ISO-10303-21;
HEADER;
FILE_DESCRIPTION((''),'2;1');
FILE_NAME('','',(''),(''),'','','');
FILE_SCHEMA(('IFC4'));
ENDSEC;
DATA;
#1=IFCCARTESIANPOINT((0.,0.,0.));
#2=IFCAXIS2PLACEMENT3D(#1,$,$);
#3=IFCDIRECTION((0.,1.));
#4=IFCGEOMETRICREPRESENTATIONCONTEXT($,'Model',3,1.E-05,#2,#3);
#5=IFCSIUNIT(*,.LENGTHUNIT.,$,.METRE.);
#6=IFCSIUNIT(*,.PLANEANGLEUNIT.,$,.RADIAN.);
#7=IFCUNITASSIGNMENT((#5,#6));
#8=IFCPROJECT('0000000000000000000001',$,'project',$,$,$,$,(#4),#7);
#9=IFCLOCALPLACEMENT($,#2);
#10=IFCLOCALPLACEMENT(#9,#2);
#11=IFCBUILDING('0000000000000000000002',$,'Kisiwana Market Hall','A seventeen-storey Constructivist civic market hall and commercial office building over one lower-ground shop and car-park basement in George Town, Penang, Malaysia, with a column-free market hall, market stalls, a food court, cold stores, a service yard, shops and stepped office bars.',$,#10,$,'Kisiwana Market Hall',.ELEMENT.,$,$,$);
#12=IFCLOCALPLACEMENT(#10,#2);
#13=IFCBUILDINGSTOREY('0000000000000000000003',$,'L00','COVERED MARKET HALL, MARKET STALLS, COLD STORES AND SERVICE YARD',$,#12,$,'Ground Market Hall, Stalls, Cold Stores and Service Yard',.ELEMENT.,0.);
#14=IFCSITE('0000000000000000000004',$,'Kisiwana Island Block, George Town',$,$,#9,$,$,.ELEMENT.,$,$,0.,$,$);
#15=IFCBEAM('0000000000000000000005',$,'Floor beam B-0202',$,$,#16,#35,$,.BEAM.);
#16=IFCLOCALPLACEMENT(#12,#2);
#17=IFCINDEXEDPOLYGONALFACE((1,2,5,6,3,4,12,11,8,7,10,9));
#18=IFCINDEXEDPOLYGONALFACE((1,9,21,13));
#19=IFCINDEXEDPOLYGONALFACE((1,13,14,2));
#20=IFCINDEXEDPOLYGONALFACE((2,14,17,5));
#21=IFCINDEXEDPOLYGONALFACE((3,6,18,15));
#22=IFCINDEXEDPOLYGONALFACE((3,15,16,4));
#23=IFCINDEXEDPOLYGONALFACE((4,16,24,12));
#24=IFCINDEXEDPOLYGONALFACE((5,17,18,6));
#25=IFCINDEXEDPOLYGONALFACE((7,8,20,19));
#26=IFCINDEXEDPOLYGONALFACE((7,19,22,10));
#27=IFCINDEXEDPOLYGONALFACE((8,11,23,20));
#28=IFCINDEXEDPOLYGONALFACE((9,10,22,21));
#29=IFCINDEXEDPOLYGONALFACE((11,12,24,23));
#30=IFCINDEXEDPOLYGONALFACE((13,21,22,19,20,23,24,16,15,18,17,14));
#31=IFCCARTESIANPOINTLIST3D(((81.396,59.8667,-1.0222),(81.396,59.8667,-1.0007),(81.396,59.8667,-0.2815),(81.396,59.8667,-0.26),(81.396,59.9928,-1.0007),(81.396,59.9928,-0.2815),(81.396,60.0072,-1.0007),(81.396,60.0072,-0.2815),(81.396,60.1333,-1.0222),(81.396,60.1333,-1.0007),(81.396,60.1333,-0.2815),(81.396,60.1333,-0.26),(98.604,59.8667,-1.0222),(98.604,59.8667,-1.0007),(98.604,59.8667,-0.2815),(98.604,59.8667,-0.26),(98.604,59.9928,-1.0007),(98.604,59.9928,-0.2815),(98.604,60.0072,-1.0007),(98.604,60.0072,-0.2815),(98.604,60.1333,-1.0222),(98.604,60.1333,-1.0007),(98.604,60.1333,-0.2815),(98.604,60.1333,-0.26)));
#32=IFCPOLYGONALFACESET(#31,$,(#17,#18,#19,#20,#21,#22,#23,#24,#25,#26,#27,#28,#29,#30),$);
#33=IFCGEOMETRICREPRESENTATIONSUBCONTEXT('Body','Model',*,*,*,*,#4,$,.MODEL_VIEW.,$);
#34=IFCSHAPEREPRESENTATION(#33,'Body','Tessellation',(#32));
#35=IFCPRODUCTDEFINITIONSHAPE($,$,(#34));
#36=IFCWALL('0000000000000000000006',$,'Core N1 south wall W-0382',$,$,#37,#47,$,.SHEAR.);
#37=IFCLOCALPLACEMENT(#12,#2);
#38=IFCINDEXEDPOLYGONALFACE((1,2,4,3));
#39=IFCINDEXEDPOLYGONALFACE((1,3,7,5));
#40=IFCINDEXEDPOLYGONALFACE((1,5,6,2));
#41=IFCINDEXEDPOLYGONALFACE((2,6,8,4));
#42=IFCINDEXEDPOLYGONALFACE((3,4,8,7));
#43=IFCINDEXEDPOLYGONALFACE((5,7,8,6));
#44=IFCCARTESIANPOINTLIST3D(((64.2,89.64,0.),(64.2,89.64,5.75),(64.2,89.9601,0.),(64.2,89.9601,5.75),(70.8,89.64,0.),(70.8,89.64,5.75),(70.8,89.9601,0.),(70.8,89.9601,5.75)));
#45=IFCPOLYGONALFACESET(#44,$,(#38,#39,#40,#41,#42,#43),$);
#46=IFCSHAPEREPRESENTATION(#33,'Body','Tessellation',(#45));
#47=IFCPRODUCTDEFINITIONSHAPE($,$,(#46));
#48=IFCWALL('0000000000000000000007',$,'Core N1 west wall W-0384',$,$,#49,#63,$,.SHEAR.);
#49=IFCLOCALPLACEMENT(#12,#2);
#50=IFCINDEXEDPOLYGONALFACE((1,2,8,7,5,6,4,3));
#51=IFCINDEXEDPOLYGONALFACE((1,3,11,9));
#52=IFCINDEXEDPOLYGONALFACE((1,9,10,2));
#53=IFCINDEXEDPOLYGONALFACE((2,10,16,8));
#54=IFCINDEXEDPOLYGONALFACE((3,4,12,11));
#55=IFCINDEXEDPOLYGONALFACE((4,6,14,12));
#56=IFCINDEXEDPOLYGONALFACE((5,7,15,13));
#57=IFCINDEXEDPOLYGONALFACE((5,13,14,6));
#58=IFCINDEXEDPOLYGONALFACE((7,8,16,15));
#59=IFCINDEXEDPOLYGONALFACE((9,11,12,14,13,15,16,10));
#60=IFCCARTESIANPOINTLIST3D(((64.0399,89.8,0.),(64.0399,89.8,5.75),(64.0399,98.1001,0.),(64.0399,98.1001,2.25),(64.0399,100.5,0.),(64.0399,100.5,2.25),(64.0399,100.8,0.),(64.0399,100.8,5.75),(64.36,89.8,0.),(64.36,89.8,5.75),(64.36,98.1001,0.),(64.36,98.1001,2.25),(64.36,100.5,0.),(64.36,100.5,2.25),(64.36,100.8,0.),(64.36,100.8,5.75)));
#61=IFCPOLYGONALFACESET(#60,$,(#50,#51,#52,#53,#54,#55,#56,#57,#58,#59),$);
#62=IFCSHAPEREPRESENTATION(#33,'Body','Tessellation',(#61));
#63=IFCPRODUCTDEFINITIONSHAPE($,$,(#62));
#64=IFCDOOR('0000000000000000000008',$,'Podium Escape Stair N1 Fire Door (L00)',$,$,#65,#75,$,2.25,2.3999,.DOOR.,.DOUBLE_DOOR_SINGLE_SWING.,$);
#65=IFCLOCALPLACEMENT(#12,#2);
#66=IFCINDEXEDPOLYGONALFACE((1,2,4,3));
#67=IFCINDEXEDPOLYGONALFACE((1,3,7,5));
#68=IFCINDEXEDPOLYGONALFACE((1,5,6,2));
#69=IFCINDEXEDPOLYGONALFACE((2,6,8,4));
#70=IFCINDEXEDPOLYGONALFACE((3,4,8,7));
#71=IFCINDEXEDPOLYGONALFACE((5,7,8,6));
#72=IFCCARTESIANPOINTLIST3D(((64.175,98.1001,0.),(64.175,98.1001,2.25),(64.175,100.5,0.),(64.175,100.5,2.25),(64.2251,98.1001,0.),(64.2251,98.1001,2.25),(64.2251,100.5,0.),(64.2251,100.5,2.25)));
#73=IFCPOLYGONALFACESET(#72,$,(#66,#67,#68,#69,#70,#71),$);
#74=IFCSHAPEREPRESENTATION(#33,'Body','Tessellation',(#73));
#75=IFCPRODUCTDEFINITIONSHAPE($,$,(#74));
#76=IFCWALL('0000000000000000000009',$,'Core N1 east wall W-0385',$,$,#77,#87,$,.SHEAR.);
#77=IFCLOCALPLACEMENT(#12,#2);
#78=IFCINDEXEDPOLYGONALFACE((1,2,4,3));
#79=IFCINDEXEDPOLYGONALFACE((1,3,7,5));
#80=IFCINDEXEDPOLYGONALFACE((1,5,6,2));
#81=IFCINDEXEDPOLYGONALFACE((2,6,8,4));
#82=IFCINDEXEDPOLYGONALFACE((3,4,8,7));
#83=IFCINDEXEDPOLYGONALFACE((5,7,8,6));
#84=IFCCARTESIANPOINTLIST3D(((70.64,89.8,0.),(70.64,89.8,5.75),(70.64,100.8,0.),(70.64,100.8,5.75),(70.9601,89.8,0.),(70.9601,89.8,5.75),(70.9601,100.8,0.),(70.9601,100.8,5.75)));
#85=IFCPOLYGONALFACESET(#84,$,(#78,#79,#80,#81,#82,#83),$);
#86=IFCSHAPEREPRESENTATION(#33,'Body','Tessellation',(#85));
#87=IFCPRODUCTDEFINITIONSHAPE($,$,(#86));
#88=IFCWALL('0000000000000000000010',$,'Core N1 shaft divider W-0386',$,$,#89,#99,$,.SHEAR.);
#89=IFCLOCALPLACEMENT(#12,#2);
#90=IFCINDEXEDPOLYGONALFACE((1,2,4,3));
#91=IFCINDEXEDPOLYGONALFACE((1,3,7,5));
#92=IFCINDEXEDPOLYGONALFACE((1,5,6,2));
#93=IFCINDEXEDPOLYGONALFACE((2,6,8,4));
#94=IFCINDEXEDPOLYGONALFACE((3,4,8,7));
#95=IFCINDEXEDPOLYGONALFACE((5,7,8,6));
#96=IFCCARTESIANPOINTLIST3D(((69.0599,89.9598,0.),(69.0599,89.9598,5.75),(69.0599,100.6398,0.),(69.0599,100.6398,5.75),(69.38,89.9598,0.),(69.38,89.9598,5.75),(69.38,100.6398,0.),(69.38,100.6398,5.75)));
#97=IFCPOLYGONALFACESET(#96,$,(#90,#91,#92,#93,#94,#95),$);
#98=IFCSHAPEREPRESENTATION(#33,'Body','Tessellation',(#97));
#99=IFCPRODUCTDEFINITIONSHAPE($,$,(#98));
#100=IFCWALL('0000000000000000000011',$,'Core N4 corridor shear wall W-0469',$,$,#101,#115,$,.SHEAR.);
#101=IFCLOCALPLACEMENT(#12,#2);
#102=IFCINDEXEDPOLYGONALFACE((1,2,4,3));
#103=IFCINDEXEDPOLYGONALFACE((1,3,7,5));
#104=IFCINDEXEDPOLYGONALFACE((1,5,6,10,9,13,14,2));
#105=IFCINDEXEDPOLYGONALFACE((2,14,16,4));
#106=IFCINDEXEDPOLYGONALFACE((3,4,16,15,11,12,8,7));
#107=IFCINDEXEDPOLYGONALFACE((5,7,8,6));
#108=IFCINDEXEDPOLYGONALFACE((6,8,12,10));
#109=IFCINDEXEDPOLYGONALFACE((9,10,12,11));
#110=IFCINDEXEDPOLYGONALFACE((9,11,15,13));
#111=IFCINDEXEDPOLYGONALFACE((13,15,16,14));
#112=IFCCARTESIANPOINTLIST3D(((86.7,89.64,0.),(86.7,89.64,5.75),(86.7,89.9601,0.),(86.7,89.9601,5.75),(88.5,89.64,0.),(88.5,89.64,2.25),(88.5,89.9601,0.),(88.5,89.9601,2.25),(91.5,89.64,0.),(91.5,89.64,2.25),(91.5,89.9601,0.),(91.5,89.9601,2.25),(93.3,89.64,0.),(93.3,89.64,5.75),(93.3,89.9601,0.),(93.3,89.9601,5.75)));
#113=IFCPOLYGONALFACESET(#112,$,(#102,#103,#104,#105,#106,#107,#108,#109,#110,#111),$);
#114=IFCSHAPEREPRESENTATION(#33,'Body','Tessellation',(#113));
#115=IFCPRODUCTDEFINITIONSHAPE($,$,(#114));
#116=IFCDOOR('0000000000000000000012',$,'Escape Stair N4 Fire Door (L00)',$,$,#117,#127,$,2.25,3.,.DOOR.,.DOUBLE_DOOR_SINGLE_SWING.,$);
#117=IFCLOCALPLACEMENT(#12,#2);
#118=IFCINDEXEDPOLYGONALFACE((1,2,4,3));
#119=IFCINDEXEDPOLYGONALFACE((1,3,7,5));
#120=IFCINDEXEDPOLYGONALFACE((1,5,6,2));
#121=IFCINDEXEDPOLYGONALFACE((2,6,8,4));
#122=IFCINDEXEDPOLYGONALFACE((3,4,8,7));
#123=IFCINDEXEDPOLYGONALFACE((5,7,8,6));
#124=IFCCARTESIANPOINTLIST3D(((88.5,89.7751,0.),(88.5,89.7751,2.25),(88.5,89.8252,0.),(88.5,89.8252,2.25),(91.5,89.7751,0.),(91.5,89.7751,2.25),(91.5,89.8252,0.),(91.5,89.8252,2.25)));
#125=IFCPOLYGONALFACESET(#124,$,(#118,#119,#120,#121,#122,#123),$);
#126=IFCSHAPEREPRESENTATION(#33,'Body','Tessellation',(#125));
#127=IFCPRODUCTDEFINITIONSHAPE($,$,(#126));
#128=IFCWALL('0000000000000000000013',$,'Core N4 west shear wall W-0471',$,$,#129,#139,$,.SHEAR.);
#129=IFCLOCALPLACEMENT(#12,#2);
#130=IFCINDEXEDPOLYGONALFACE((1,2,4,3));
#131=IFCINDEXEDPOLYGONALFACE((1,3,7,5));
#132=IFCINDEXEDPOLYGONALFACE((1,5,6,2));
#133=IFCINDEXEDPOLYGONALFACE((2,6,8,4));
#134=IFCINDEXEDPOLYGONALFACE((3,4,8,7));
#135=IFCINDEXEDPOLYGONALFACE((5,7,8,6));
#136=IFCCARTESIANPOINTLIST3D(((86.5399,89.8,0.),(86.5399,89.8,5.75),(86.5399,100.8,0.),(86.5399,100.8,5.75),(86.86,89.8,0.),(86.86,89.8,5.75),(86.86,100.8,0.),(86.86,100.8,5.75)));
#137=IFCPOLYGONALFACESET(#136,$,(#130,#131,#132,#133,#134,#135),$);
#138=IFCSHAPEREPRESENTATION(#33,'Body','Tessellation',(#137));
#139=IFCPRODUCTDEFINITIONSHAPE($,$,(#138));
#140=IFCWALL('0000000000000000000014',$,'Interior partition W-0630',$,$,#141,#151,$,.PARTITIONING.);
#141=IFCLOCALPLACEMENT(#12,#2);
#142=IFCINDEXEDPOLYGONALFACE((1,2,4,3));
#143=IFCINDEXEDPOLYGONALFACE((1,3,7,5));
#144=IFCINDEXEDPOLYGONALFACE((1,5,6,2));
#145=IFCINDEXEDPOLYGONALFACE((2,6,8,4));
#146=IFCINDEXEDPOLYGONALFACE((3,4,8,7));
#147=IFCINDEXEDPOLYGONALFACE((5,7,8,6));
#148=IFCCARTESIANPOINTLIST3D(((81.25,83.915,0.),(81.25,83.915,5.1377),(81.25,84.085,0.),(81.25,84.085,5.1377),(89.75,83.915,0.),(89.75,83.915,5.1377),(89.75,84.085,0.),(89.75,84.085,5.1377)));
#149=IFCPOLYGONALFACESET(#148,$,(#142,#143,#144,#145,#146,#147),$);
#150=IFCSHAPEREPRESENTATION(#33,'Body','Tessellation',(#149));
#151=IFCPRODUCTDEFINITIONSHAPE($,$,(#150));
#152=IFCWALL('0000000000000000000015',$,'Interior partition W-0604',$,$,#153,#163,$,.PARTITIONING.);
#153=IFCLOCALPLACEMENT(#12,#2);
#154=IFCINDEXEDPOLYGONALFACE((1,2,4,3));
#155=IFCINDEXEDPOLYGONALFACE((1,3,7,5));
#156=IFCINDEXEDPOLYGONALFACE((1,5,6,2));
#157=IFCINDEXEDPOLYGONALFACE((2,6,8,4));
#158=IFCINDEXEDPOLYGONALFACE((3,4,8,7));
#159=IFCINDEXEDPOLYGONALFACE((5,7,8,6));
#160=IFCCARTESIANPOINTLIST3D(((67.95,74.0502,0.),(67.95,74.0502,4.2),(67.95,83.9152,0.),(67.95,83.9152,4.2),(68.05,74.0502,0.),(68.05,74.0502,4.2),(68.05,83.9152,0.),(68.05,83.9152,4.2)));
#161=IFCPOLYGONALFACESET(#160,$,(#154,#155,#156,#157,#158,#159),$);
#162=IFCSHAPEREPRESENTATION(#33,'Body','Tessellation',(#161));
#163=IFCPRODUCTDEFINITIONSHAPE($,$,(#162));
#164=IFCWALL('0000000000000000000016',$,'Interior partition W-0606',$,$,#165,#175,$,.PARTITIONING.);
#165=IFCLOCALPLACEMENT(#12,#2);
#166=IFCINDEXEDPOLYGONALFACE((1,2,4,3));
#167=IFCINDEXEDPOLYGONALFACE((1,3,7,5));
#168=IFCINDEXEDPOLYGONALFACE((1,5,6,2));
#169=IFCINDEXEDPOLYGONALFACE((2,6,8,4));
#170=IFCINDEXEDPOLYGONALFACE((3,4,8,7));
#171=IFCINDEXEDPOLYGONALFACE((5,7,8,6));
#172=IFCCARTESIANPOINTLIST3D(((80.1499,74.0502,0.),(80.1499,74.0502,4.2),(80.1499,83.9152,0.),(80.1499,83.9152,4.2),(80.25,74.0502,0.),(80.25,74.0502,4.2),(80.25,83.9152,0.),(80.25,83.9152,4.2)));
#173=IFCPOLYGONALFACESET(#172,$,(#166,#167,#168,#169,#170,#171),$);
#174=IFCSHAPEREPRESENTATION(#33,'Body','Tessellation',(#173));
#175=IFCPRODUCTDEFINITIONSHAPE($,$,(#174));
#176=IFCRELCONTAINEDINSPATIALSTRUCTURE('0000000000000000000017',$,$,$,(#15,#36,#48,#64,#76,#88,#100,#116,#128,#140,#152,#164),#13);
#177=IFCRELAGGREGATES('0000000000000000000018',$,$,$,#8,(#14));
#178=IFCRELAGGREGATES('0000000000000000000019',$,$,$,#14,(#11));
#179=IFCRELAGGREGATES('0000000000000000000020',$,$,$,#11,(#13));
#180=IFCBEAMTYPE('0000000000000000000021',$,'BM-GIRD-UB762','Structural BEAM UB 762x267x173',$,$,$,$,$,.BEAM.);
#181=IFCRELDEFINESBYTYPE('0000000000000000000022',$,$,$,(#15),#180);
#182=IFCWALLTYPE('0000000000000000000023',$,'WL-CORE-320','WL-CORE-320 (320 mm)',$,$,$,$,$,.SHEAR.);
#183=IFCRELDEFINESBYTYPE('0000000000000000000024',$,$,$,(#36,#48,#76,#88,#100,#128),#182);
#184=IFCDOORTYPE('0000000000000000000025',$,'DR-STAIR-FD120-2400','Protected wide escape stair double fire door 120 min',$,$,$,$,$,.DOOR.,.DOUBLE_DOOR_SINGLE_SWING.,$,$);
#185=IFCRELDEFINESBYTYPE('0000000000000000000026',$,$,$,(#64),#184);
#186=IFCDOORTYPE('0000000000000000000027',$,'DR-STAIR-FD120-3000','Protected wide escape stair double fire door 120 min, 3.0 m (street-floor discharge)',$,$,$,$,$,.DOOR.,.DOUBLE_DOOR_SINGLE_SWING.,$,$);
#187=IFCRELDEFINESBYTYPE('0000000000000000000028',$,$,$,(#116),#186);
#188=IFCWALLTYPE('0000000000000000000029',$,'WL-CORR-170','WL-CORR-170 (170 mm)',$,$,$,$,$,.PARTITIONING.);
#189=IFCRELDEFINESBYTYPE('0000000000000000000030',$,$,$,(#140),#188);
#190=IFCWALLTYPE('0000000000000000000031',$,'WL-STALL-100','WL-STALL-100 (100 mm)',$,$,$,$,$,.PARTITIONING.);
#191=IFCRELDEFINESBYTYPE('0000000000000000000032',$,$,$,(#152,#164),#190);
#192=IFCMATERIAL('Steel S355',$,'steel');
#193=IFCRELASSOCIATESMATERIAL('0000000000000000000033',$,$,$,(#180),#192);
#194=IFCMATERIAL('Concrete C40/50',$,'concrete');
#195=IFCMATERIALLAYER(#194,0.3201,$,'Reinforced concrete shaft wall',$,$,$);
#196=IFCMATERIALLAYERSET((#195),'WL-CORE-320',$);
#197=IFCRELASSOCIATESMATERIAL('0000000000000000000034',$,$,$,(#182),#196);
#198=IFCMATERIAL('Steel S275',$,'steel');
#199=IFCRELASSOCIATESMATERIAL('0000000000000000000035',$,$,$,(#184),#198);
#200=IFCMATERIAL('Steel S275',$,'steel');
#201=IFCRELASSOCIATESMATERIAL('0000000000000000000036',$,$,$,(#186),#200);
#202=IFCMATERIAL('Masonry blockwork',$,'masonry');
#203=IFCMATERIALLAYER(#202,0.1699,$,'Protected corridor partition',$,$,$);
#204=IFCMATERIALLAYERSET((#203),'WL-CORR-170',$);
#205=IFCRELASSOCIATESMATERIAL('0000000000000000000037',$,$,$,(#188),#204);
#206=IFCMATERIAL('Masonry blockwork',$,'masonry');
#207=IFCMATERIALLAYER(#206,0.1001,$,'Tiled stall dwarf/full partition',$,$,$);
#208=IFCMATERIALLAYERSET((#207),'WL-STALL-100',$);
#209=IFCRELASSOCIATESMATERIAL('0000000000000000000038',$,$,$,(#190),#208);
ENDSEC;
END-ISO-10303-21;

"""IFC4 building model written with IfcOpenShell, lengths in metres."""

from ifc_helpers import new_model, si_unit, direction, frame, frame_2d, origin, origin_2d, place, context, subcontext, project, spatial, rectangle, i_section, extrude, material, layer, layer_set, material_profile, profile_set, type_object, element, fill, save


model = new_model("IFC4")

# Units and contexts
model_context = context("Model", 3, precision=1e-05, world=origin(), true_north=direction((0.0, 1.0)))
body_context = subcontext(model_context, "Body", "Model", "MODEL_VIEW")
ifc_project = project(units=[si_unit("LENGTHUNIT", "METRE"), si_unit("PLANEANGLEUNIT", "RADIAN")], contexts=[model_context])

# Site, building, storey
site_placement = place(None, origin())
site = spatial("IfcSite", under=ifc_project, at=site_placement, Name="Kisiwana Island Block, George Town", CompositionType="ELEMENT", RefElevation=0.0)
building_placement = place(site_placement, origin())
building = spatial("IfcBuilding", under=site, at=building_placement, Name="Kisiwana Market Hall", Description="A seventeen-storey Constructivist civic market hall and commercial office building over one lower-ground shop and car-park basement in George Town, Penang, Malaysia, with a column-free market hall, market stalls, a food court, cold stores, a service yard, shops and stepped office bars.", LongName="Kisiwana Market Hall", CompositionType="ELEMENT")
storey_placement = place(building_placement, origin())
storey = spatial("IfcBuildingStorey", under=building, at=storey_placement, Name="L00", Description="COVERED MARKET HALL, MARKET STALLS, COLD STORES AND SERVICE YARD", LongName="Ground Market Hall, Stalls, Cold Stores and Service Yard", CompositionType="ELEMENT", Elevation=0.0)

# Beam
ifc_material_1 = material(Name="Steel S355", Category="steel")
ifc_material_profile_1 = material_profile(ifc_material_1, i_section(OverallWidth=0.2666, OverallDepth=0.7622, WebThickness=0.0144, FlangeThickness=0.0215, at=origin_2d()), Name="UB 762x267x173")
ifc_profile_set_1 = profile_set([ifc_material_profile_1], Name="Steel S355")
beam_type_1 = type_object("IfcBeamType", Name="BM-GIRD-UB762", Description="Structural BEAM UB 762x267x173", PredefinedType="BEAM", material=ifc_profile_set_1)
beam_1_placement = place(storey_placement, frame((81.396, 60.0, -0.6411), z_axis=(1.0, 0.0, 0.0), x_axis=(0.0, 1.0, 0.0)))
element("IfcBeam", 1, at=beam_1_placement, inside=storey, type_object=beam_type_1, Name="Floor beam B-0202", PredefinedType="BEAM", context=body_context, shape_type="SweptSolid", body=[
    extrude(i_section(OverallWidth=0.2666, OverallDepth=0.7622, WebThickness=0.0144, FlangeThickness=0.0215, at=origin_2d()), origin(), (0.0, 0.0, 1.0), 17.208),
])

# Wall
ifc_material_2 = material(Name="Concrete C40/50", Category="concrete")
ifc_layer_1 = layer(ifc_material_2, 0.3201, Name="Reinforced concrete shaft wall")
ifc_layer_set_1 = layer_set([ifc_layer_1], Name="WL-CORE-320")
wall_type_1 = type_object("IfcWallType", Name="WL-CORE-320", Description="WL-CORE-320 (320 mm)", PredefinedType="SHEAR", material=ifc_layer_set_1)
wall_1_placement = place(storey_placement, frame((64.2, 89.8, 0.0), z_axis=(0.0, 0.0, 1.0), x_axis=(1.0, 0.0, 0.0)))
element("IfcWall", 2, at=wall_1_placement, inside=storey, type_object=wall_type_1, Name="Core N1 south wall W-0382", PredefinedType="SHEAR", context=body_context, shape_type="SweptSolid", body=[
    extrude(rectangle(XDim=6.6001, YDim=0.3201, at=frame_2d((3.3, 0.0))), origin(), (0.0, 0.0, 1.0), 5.75),
])

# Wall, opening, door
wall_2_placement = place(storey_placement, frame((64.2, 89.8, 0.0), z_axis=(0.0, 0.0, 1.0), x_axis=(0.0, 1.0, 0.0)))
wall_2 = element("IfcWall", 3, at=wall_2_placement, inside=storey, type_object=wall_type_1, Name="Core N1 west wall W-0384", PredefinedType="SHEAR", context=body_context, shape_type="SweptSolid", body=[
    extrude(rectangle(XDim=11.0, YDim=0.3201, at=frame_2d((5.5, 0.0))), origin(), (0.0, 0.0, 1.0), 5.75),
])
opening_1_placement = place(wall_2_placement, frame((8.3, 0.0, 0.0)))
opening_1 = element("IfcOpeningElement", 4, at=opening_1_placement, cuts=wall_2, PredefinedType="OPENING", context=body_context, shape_type="SweptSolid", body=[
    extrude(rectangle(XDim=2.3999, YDim=2.25, at=frame_2d((1.2, 1.125))), frame((0.0, 0.1719, 0.0), z_axis=(0.0, -1.0, 0.0), x_axis=(1.0, 0.0, 0.0)), (0.0, 0.0, 1.0), 0.344),
])
ifc_material_3 = material(Name="Steel S275", Category="steel")
door_type_1 = type_object("IfcDoorType", Name="DR-STAIR-FD120-2400", Description="Protected wide escape stair double fire door 120 min", OperationType="DOUBLE_DOOR_SINGLE_SWING", PredefinedType="DOOR", material=ifc_material_3)
door_1_placement = place(opening_1_placement, origin())
door_1 = element("IfcDoor", 5, at=door_1_placement, inside=storey, type_object=door_type_1, Name="Podium Escape Stair N1 Fire Door (L00)", OperationType="DOUBLE_DOOR_SINGLE_SWING", OverallHeight=2.25, OverallWidth=2.3999, PredefinedType="DOOR", context=body_context, shape_type="SweptSolid", body=[
    extrude(rectangle(XDim=2.3999, YDim=2.25, at=frame_2d((1.2, 1.125))), frame((0.0, 0.0249, 0.0), z_axis=(0.0, -1.0, 0.0), x_axis=(1.0, 0.0, 0.0)), (0.0, 0.0, 1.0), 0.05),
])
fill(opening_1, door_1)

# Walls
wall_3_placement = place(storey_placement, frame((70.8, 89.8, 0.0), z_axis=(0.0, 0.0, 1.0), x_axis=(0.0, 1.0, 0.0)))
element("IfcWall", 6, at=wall_3_placement, inside=storey, type_object=wall_type_1, Name="Core N1 east wall W-0385", PredefinedType="SHEAR", context=body_context, shape_type="SweptSolid", body=[
    extrude(rectangle(XDim=11.0, YDim=0.3201, at=frame_2d((5.5, 0.0))), origin(), (0.0, 0.0, 1.0), 5.75),
])
wall_4_placement = place(storey_placement, frame((69.22, 89.96, 0.0), z_axis=(0.0, 0.0, 1.0), x_axis=(0.0, 1.0, 0.0)))
element("IfcWall", 7, at=wall_4_placement, inside=storey, type_object=wall_type_1, Name="Core N1 shaft divider W-0386", PredefinedType="SHEAR", context=body_context, shape_type="SweptSolid", body=[
    extrude(rectangle(XDim=10.6799, YDim=0.3201, at=frame_2d((5.3398, 0.0))), origin(), (0.0, 0.0, 1.0), 5.75),
])

# Wall, opening, door
wall_5_placement = place(storey_placement, frame((86.7, 89.8, 0.0), z_axis=(0.0, 0.0, 1.0), x_axis=(1.0, 0.0, 0.0)))
wall_5 = element("IfcWall", 8, at=wall_5_placement, inside=storey, type_object=wall_type_1, Name="Core N4 corridor shear wall W-0469", PredefinedType="SHEAR", context=body_context, shape_type="SweptSolid", body=[
    extrude(rectangle(XDim=6.6001, YDim=0.3201, at=frame_2d((3.3, 0.0))), origin(), (0.0, 0.0, 1.0), 5.75),
])
opening_2_placement = place(wall_5_placement, frame((1.8, 0.0, 0.0)))
opening_2 = element("IfcOpeningElement", 9, at=opening_2_placement, cuts=wall_5, PredefinedType="OPENING", context=body_context, shape_type="SweptSolid", body=[
    extrude(rectangle(XDim=3.0, YDim=2.25, at=frame_2d((1.5, 1.125))), frame((0.0, 0.1719, 0.0), z_axis=(0.0, -1.0, 0.0), x_axis=(1.0, 0.0, 0.0)), (0.0, 0.0, 1.0), 0.344),
])
ifc_material_4 = material(Name="Steel S275", Category="steel")
door_type_2 = type_object("IfcDoorType", Name="DR-STAIR-FD120-3000", Description="Protected wide escape stair double fire door 120 min, 3.0 m (street-floor discharge)", OperationType="DOUBLE_DOOR_SINGLE_SWING", PredefinedType="DOOR", material=ifc_material_4)
door_2_placement = place(opening_2_placement, frame((3.0, 0.0, 0.0), z_axis=(0.0, 0.0, 1.0), x_axis=(-1.0, 0.0, 0.0)))
door_2 = element("IfcDoor", 10, at=door_2_placement, inside=storey, type_object=door_type_2, Name="Escape Stair N4 Fire Door (L00)", OperationType="DOUBLE_DOOR_SINGLE_SWING", OverallHeight=2.25, OverallWidth=3.0, PredefinedType="DOOR", context=body_context, shape_type="SweptSolid", body=[
    extrude(rectangle(XDim=3.0, YDim=2.25, at=frame_2d((1.5, 1.125))), frame((0.0, 0.0249, 0.0), z_axis=(0.0, -1.0, 0.0), x_axis=(1.0, 0.0, 0.0)), (0.0, 0.0, 1.0), 0.05),
])
fill(opening_2, door_2)

# Walls
wall_6_placement = place(storey_placement, frame((86.7, 89.8, 0.0), z_axis=(0.0, 0.0, 1.0), x_axis=(0.0, 1.0, 0.0)))
element("IfcWall", 11, at=wall_6_placement, inside=storey, type_object=wall_type_1, Name="Core N4 west shear wall W-0471", PredefinedType="SHEAR", context=body_context, shape_type="SweptSolid", body=[
    extrude(rectangle(XDim=11.0, YDim=0.3201, at=frame_2d((5.5, 0.0))), origin(), (0.0, 0.0, 1.0), 5.75),
])
ifc_material_5 = material(Name="Masonry blockwork", Category="masonry")
ifc_layer_2 = layer(ifc_material_5, 0.1699, Name="Protected corridor partition")
ifc_layer_set_2 = layer_set([ifc_layer_2], Name="WL-CORR-170")
wall_type_2 = type_object("IfcWallType", Name="WL-CORR-170", Description="WL-CORR-170 (170 mm)", PredefinedType="PARTITIONING", material=ifc_layer_set_2)
wall_7_placement = place(storey_placement, frame((81.25, 84.0, 0.0), z_axis=(0.0, 0.0, 1.0), x_axis=(1.0, 0.0, 0.0)))
element("IfcWall", 12, at=wall_7_placement, inside=storey, type_object=wall_type_2, Name="Interior partition W-0630", PredefinedType="PARTITIONING", context=body_context, shape_type="SweptSolid", body=[
    extrude(rectangle(XDim=8.5, YDim=0.1699, at=frame_2d((4.25, 0.0))), origin(), (0.0, 0.0, 1.0), 5.1377),
])
ifc_material_6 = material(Name="Masonry blockwork", Category="masonry")
ifc_layer_3 = layer(ifc_material_6, 0.1001, Name="Tiled stall dwarf/full partition")
ifc_layer_set_3 = layer_set([ifc_layer_3], Name="WL-STALL-100")
wall_type_3 = type_object("IfcWallType", Name="WL-STALL-100", Description="WL-STALL-100 (100 mm)", PredefinedType="PARTITIONING", material=ifc_layer_set_3)
for number, where, z_axis, x_axis, name in (
    (13, (68.0, 74.05, 0.0), (0.0, 0.0, 1.0), (0.0, 1.0, 0.0), "Interior partition W-0604"),
    (14, (80.2, 74.05, 0.0), (0.0, 0.0, 1.0), (0.0, 1.0, 0.0), "Interior partition W-0606"),
):
    element("IfcWall", number, at=place(storey_placement, frame(where, z_axis=z_axis, x_axis=x_axis)), inside=storey, type_object=wall_type_3, Name=name, PredefinedType="PARTITIONING", context=body_context, shape_type="SweptSolid", body=[
        extrude(rectangle(XDim=9.865, YDim=0.1001, at=frame_2d((4.9326, 0.0))), origin(), (0.0, 0.0, 1.0), 4.2),
    ])

save(model, "model.ifc")
